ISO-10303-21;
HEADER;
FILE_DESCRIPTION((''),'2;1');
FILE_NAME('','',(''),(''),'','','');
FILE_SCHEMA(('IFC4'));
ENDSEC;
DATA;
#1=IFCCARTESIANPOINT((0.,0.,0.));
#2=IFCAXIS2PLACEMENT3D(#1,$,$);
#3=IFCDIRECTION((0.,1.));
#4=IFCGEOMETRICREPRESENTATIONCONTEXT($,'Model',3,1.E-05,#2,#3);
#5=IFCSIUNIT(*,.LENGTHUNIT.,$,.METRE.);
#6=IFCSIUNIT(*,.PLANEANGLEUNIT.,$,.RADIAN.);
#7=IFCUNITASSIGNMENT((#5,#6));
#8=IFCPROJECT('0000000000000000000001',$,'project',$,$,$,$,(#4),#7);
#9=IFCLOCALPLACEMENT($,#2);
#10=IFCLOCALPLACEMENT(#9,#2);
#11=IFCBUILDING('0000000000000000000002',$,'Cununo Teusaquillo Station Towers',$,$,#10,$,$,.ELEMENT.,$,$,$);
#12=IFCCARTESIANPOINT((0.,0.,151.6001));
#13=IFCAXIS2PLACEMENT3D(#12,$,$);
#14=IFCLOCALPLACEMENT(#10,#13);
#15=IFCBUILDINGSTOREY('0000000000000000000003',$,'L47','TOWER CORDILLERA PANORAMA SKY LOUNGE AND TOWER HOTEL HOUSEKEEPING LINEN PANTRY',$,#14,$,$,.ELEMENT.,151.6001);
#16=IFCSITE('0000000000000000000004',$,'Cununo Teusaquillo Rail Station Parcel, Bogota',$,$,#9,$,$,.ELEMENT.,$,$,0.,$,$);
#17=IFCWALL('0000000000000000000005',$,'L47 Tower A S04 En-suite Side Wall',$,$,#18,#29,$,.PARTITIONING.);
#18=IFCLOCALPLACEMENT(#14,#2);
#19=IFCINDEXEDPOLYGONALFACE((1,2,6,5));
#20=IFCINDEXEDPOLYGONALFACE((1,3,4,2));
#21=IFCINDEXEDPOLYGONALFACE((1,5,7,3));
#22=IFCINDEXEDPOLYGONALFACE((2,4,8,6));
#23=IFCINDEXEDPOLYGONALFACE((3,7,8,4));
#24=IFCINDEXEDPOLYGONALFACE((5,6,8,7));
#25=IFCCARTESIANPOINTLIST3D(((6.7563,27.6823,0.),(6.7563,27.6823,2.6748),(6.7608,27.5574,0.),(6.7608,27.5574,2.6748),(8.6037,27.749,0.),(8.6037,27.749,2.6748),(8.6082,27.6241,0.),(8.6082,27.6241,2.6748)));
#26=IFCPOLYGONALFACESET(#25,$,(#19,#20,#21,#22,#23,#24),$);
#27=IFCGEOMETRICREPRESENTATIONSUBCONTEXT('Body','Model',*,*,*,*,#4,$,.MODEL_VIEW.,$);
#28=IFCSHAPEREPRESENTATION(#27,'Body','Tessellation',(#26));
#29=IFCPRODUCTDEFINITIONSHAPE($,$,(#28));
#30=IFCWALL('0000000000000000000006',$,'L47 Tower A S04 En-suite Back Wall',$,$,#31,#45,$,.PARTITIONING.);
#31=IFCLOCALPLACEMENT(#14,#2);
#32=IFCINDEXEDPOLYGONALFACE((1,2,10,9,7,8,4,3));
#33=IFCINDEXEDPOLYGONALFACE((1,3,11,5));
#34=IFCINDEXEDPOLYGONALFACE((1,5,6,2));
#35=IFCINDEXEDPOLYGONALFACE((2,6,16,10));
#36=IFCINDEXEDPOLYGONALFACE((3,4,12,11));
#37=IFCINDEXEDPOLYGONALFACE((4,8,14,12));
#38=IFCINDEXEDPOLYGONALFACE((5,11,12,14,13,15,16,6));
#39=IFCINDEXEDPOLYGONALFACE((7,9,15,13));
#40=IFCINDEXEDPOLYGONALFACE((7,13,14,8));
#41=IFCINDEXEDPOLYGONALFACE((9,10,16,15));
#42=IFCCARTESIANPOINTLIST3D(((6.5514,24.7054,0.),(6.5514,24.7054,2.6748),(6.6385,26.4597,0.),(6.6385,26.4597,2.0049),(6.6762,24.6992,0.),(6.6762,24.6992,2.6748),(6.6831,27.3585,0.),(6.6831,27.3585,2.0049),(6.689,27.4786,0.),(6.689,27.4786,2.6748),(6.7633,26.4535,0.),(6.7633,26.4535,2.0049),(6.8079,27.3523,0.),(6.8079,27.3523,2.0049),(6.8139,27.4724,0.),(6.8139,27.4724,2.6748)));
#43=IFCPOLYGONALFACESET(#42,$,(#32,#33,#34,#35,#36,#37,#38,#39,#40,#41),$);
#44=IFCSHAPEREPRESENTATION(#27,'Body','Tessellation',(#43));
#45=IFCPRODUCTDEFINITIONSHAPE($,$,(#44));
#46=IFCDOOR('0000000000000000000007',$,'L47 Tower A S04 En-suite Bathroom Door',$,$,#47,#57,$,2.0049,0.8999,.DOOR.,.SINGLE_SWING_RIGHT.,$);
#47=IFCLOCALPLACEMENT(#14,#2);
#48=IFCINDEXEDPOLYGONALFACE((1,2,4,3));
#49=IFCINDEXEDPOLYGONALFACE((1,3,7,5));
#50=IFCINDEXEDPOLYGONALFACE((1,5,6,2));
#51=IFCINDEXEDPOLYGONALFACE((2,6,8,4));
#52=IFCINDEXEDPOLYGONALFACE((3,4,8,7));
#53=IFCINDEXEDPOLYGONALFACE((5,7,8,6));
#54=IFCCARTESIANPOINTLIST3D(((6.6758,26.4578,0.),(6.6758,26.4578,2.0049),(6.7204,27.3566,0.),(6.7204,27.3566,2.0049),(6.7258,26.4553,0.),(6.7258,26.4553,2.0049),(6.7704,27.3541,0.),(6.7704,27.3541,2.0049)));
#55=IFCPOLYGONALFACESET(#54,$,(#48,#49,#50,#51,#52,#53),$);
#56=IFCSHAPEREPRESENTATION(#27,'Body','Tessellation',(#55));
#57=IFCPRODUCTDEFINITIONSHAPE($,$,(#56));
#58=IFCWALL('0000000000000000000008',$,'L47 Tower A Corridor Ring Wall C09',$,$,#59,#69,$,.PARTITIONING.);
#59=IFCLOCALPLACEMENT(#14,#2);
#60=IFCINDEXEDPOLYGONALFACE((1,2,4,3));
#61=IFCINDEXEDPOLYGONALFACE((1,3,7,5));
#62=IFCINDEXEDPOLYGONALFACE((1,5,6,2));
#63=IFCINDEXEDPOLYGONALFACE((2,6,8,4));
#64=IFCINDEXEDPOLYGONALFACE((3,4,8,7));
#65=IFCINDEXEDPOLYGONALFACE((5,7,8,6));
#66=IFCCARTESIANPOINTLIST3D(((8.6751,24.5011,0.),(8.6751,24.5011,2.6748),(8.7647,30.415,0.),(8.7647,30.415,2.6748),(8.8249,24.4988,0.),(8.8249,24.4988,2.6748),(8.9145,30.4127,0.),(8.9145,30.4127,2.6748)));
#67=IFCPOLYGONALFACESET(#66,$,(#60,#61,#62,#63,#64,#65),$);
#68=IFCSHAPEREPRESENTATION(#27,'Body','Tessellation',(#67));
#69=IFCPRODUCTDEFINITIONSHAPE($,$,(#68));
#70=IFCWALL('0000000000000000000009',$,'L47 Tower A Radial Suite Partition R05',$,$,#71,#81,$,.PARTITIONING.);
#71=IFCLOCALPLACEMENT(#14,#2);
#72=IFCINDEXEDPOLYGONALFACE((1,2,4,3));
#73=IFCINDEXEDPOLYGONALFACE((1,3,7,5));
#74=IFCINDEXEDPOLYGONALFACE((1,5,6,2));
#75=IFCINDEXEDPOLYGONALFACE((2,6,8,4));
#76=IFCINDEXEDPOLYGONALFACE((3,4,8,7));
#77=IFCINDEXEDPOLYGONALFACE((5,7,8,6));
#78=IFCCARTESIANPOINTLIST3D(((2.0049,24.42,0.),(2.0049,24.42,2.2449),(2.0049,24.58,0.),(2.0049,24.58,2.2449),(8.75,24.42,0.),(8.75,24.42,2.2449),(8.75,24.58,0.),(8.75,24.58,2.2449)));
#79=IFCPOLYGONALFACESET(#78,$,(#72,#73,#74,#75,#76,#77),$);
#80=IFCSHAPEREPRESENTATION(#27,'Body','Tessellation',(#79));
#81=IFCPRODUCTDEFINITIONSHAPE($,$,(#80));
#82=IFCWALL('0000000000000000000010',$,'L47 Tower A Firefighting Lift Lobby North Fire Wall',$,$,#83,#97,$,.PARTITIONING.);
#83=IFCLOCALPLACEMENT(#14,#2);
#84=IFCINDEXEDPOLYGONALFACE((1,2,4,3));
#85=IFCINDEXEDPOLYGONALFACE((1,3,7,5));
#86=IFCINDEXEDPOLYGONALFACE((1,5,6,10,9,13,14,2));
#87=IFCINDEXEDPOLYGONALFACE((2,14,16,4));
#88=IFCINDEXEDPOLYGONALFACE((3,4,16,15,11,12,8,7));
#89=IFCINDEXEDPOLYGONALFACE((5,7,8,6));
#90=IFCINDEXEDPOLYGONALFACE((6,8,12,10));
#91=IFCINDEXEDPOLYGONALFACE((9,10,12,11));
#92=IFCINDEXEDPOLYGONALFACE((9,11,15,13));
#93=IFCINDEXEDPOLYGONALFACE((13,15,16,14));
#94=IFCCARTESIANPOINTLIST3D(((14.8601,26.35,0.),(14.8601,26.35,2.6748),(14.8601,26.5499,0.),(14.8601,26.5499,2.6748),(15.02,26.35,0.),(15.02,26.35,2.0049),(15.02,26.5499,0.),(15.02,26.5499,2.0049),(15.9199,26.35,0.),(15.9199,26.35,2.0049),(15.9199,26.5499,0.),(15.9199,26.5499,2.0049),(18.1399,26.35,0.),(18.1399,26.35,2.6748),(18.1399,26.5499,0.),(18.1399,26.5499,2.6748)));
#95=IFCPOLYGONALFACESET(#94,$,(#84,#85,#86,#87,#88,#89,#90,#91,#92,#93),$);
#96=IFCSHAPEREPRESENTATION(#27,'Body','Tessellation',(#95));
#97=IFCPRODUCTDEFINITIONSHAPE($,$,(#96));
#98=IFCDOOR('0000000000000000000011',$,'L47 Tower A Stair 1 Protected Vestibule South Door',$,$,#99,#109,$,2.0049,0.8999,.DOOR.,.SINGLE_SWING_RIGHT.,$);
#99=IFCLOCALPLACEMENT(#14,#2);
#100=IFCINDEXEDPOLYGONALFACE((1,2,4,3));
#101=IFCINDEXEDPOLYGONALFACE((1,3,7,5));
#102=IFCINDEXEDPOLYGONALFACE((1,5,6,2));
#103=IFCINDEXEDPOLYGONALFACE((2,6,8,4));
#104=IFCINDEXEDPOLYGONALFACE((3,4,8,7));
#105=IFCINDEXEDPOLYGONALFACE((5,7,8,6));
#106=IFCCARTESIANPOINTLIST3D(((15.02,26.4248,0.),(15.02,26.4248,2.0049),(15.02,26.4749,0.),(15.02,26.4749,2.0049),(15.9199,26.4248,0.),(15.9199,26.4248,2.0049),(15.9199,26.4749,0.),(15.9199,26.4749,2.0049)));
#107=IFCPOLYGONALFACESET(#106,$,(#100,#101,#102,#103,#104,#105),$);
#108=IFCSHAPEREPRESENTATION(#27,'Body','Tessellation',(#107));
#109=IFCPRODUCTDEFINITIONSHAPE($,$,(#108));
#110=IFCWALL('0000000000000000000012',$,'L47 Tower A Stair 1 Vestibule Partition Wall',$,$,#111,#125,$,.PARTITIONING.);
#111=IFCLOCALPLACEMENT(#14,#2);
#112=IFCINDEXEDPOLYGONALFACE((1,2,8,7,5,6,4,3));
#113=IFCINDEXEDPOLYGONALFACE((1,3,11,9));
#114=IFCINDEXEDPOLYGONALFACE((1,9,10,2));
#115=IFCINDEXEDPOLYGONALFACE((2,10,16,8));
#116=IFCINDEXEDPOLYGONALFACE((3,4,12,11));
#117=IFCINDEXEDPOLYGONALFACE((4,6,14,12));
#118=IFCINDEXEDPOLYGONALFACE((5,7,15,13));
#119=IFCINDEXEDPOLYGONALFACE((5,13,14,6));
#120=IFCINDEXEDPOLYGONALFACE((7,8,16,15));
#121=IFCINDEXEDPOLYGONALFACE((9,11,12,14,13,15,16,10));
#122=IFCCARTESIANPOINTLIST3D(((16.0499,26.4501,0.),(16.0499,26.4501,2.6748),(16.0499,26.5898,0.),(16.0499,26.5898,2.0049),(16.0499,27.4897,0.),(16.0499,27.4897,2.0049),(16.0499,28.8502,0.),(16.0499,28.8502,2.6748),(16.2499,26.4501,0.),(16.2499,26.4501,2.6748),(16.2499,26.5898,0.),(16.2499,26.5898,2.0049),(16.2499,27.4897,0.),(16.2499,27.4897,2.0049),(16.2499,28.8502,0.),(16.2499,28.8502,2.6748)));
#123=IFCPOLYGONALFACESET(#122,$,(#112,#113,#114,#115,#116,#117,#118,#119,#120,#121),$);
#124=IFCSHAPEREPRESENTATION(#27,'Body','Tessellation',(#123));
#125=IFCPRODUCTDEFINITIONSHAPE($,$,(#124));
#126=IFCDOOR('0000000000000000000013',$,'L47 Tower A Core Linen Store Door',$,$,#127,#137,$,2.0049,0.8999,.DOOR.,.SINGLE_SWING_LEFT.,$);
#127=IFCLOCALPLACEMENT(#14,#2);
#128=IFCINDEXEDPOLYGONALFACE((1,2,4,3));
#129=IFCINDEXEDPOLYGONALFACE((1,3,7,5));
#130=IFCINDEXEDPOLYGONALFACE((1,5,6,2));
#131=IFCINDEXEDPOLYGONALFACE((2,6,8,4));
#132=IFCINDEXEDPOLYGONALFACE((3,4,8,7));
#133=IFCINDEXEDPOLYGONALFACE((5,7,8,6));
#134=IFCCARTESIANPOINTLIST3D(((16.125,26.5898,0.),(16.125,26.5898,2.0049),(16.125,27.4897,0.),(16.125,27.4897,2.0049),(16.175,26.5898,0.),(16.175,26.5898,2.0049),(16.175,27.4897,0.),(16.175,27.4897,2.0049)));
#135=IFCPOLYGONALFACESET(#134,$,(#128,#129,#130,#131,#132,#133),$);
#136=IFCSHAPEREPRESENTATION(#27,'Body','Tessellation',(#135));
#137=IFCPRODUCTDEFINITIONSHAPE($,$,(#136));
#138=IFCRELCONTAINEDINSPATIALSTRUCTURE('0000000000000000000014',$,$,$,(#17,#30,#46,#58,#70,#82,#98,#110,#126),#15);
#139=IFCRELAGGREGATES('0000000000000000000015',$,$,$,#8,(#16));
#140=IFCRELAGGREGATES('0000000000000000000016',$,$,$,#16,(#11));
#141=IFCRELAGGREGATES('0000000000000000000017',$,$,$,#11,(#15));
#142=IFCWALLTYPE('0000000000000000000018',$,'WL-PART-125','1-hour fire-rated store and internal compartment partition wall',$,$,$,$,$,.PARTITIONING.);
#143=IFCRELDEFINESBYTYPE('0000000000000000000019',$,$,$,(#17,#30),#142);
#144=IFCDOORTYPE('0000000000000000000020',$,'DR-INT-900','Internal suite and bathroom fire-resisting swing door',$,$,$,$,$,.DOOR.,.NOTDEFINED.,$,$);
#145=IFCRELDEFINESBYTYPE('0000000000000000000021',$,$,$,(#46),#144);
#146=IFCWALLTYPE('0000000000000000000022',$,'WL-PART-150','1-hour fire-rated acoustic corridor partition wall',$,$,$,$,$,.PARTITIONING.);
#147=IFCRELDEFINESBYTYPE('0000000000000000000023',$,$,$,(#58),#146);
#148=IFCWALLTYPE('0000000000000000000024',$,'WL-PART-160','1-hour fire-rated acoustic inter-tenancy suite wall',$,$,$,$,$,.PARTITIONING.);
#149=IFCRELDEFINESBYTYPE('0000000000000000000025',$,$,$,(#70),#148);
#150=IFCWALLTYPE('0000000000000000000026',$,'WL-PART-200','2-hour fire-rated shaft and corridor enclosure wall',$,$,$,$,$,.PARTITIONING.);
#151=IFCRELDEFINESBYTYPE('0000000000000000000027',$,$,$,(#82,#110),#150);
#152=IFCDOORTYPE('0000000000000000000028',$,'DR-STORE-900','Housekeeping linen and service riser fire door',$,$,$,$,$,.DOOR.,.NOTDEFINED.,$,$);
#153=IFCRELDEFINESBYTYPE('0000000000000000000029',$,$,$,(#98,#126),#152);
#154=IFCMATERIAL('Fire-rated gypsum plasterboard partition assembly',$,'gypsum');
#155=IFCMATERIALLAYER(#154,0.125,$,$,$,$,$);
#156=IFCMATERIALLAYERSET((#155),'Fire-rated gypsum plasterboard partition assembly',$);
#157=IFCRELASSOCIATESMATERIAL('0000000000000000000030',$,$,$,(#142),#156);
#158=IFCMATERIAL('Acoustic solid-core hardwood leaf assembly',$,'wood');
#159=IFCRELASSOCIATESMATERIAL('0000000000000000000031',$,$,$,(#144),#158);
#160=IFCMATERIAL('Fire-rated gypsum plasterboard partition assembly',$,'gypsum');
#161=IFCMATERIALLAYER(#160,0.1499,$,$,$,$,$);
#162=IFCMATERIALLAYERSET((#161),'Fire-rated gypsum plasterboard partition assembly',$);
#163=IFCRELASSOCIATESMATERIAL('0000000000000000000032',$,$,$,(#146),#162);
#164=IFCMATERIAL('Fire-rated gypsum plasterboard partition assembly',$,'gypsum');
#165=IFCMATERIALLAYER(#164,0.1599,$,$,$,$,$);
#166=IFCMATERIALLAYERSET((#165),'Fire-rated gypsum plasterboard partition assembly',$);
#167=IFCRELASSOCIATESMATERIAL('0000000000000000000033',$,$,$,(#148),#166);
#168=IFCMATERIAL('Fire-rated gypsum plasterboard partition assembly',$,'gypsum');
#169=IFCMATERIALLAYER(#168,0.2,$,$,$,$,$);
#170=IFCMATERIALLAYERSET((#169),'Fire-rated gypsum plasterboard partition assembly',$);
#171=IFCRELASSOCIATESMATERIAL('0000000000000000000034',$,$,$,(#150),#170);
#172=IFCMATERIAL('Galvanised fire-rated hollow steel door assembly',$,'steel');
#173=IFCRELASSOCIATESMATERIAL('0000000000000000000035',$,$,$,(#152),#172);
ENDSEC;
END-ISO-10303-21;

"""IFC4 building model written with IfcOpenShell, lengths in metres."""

from ifc_helpers import new_model, si_unit, direction, frame, frame_2d, origin, place, context, subcontext, project, spatial, rectangle, extrude, source, transform, mapped, material, layer, layer_set, type_object, element, fill, save


model = new_model("IFC4")

# Units and contexts
model_context = context("Model", 3, precision=1e-05, world=origin(), true_north=direction((0.0, 1.0)))
body_context = subcontext(model_context, "Body", "Model", "MODEL_VIEW")
ifc_project = project(units=[si_unit("LENGTHUNIT", "METRE"), si_unit("PLANEANGLEUNIT", "RADIAN")], contexts=[model_context])

# Site, building, storey
site_placement = place(None, origin())
site = spatial("IfcSite", under=ifc_project, at=site_placement, Name="Cununo Teusaquillo Rail Station Parcel, Bogota", CompositionType="ELEMENT", RefElevation=0.0)
building_placement = place(site_placement, origin())
building = spatial("IfcBuilding", under=site, at=building_placement, Name="Cununo Teusaquillo Station Towers", CompositionType="ELEMENT")
storey_placement = place(building_placement, frame((0.0, 0.0, 151.6001)))
storey = spatial("IfcBuildingStorey", under=building, at=storey_placement, Name="L47", Description="TOWER CORDILLERA PANORAMA SKY LOUNGE AND TOWER HOTEL HOUSEKEEPING LINEN PANTRY", CompositionType="ELEMENT", Elevation=151.6001)

# Wall
ifc_material_1 = material(Name="Fire-rated gypsum plasterboard partition assembly", Category="gypsum")
ifc_layer_1 = layer(ifc_material_1, 0.125)
ifc_layer_set_1 = layer_set([ifc_layer_1], Name="Fire-rated gypsum plasterboard partition assembly")
wall_type_1 = type_object("IfcWallType", Name="WL-PART-125", Description="1-hour fire-rated store and internal compartment partition wall", PredefinedType="PARTITIONING", material=ifc_layer_set_1)
wall_1_placement = place(storey_placement, frame((8.606, 27.6865, 0.0), z_axis=(0.0, 0.0, 1.0), x_axis=(-0.99935, -0.036054, 0.0)))
element("IfcWall", 1, at=wall_1_placement, inside=storey, type_object=wall_type_1, Name="L47 Tower A S04 En-suite Side Wall", PredefinedType="PARTITIONING", context=body_context, shape_type="SweptSolid", body=[
    extrude(rectangle(XDim=1.8486, YDim=0.125, at=frame_2d((0.9243, 0.0))), origin(), (0.0, 0.0, 1.0), 2.6748),
])

# Wall, opening, door
wall_2_placement = place(storey_placement, frame((6.7515, 27.4753, 0.0), z_axis=(0.0, 0.0, 1.0), x_axis=(-0.049591, -0.99877, 0.0)))
wall_2 = element("IfcWall", 2, at=wall_2_placement, inside=storey, type_object=wall_type_1, Name="L47 Tower A S04 En-suite Back Wall", PredefinedType="PARTITIONING", context=body_context, shape_type="SweptSolid", body=[
    extrude(rectangle(XDim=2.7766, YDim=0.125, at=frame_2d((1.3882, 0.0))), origin(), (0.0, 0.0, 1.0), 2.6748),
])
shared_shape_1 = source(origin(), body_context, "Body", "SweptSolid", [
    extrude(rectangle(XDim=0.8999, YDim=2.0049, at=frame_2d((0.45, 1.0024))), frame((0.0, 0.0725, 0.0), z_axis=(0.0, -1.0, 0.0), x_axis=(1.0, 0.0, 0.0)), (0.0, 0.0, 1.0), 0.145),
])
opening_1_placement = place(wall_2_placement, frame((0.1201, 0.0, 0.0)))
opening_1 = element("IfcOpeningElement", 3, at=opening_1_placement, cuts=wall_2, PredefinedType="OPENING", context=body_context, shape_type="MappedRepresentation", body=[
    mapped(shared_shape_1, transform((0.0, 0.0, 0.0), x_axis=(1.0, 0.0, 0.0), y_axis=(0.0, 1.0, 0.0), z_axis=(0.0, 0.0, 1.0), scale=1.0)),
])
ifc_material_2 = material(Name="Acoustic solid-core hardwood leaf assembly", Category="wood")
door_type_1 = type_object("IfcDoorType", Name="DR-INT-900", Description="Internal suite and bathroom fire-resisting swing door", OperationType="NOTDEFINED", PredefinedType="DOOR", material=ifc_material_2)
shared_shape_2 = source(origin(), body_context, "Body", "SweptSolid", [
    extrude(rectangle(XDim=0.8999, YDim=2.0049, at=frame_2d((0.45, 1.0024))), frame((0.0, 0.0249, 0.0), z_axis=(0.0, -1.0, 0.0), x_axis=(1.0, 0.0, 0.0)), (0.0, 0.0, 1.0), 0.05),
])
door_1_placement = place(opening_1_placement, origin())
door_1 = element("IfcDoor", 4, at=door_1_placement, inside=storey, type_object=door_type_1, Name="L47 Tower A S04 En-suite Bathroom Door", OperationType="SINGLE_SWING_RIGHT", OverallHeight=2.0049, OverallWidth=0.8999, PredefinedType="DOOR", context=body_context, shape_type="MappedRepresentation", body=[
    mapped(shared_shape_2, transform((0.0, 0.0, 0.0), x_axis=(1.0, 0.0, 0.0), y_axis=(0.0, 1.0, 0.0), z_axis=(0.0, 0.0, 1.0), scale=1.0)),
])
fill(opening_1, door_1)

# Walls
ifc_material_3 = material(Name="Fire-rated gypsum plasterboard partition assembly", Category="gypsum")
ifc_layer_2 = layer(ifc_material_3, 0.1499)
ifc_layer_set_2 = layer_set([ifc_layer_2], Name="Fire-rated gypsum plasterboard partition assembly")
wall_type_2 = type_object("IfcWallType", Name="WL-PART-150", Description="1-hour fire-rated acoustic corridor partition wall", PredefinedType="PARTITIONING", material=ifc_layer_set_2)
wall_3_placement = place(storey_placement, frame((8.8396, 30.4138, 0.0), z_axis=(0.0, 0.0, 1.0), x_axis=(-0.015149, -0.999885, 0.0)))
element("IfcWall", 5, at=wall_3_placement, inside=storey, type_object=wall_type_2, Name="L47 Tower A Corridor Ring Wall C09", PredefinedType="PARTITIONING", context=body_context, shape_type="SweptSolid", body=[
    extrude(rectangle(XDim=5.9146, YDim=0.1499, at=frame_2d((2.9573, 0.0))), origin(), (0.0, 0.0, 1.0), 2.6748),
])
ifc_material_4 = material(Name="Fire-rated gypsum plasterboard partition assembly", Category="gypsum")
ifc_layer_3 = layer(ifc_material_4, 0.1599)
ifc_layer_set_3 = layer_set([ifc_layer_3], Name="Fire-rated gypsum plasterboard partition assembly")
wall_type_3 = type_object("IfcWallType", Name="WL-PART-160", Description="1-hour fire-rated acoustic inter-tenancy suite wall", PredefinedType="PARTITIONING", material=ifc_layer_set_3)
wall_4_placement = place(storey_placement, frame((8.75, 24.5, 0.0), z_axis=(0.0, 0.0, 1.0), x_axis=(-1.0, 0.0, 0.0)))
element("IfcWall", 6, at=wall_4_placement, inside=storey, type_object=wall_type_3, Name="L47 Tower A Radial Suite Partition R05", PredefinedType="PARTITIONING", context=body_context, shape_type="SweptSolid", body=[
    extrude(rectangle(XDim=6.7451, YDim=0.1599, at=frame_2d((3.3726, 0.0))), origin(), (0.0, 0.0, 1.0), 2.2449),
])

# Walls, openings, doors
ifc_material_5 = material(Name="Fire-rated gypsum plasterboard partition assembly", Category="gypsum")
ifc_layer_4 = layer(ifc_material_5, 0.2)
ifc_layer_set_4 = layer_set([ifc_layer_4], Name="Fire-rated gypsum plasterboard partition assembly")
wall_type_4 = type_object("IfcWallType", Name="WL-PART-200", Description="2-hour fire-rated shaft and corridor enclosure wall", PredefinedType="PARTITIONING", material=ifc_layer_set_4)
wall_5_placement = place(storey_placement, frame((14.8601, 26.45, 0.0), z_axis=(0.0, 0.0, 1.0), x_axis=(1.0, 0.0, 0.0)))
wall_5 = element("IfcWall", 7, at=wall_5_placement, inside=storey, type_object=wall_type_4, Name="L47 Tower A Firefighting Lift Lobby North Fire Wall", PredefinedType="PARTITIONING", context=body_context, shape_type="SweptSolid", body=[
    extrude(rectangle(XDim=3.2798, YDim=0.2, at=frame_2d((1.6399, 0.0))), origin(), (0.0, 0.0, 1.0), 2.6748),
])
shared_shape_3 = source(origin(), body_context, "Body", "SweptSolid", [
    extrude(rectangle(XDim=0.8999, YDim=2.0049, at=frame_2d((0.45, 1.0024))), frame((0.0, 0.1099, 0.0), z_axis=(0.0, -1.0, 0.0), x_axis=(1.0, 0.0, 0.0)), (0.0, 0.0, 1.0), 0.22),
])
opening_2_placement = place(wall_5_placement, frame((0.1599, 0.0, 0.0)))
opening_2 = element("IfcOpeningElement", 8, at=opening_2_placement, cuts=wall_5, PredefinedType="OPENING", context=body_context, shape_type="MappedRepresentation", body=[
    mapped(shared_shape_3, transform((0.0, 0.0, 0.0), x_axis=(1.0, 0.0, 0.0), y_axis=(0.0, 1.0, 0.0), z_axis=(0.0, 0.0, 1.0), scale=1.0)),
])
ifc_material_6 = material(Name="Galvanised fire-rated hollow steel door assembly", Category="steel")
door_type_2 = type_object("IfcDoorType", Name="DR-STORE-900", Description="Housekeeping linen and service riser fire door", OperationType="NOTDEFINED", PredefinedType="DOOR", material=ifc_material_6)
door_2_placement = place(opening_2_placement, origin())
door_2 = element("IfcDoor", 9, at=door_2_placement, inside=storey, type_object=door_type_2, Name="L47 Tower A Stair 1 Protected Vestibule South Door", OperationType="SINGLE_SWING_RIGHT", OverallHeight=2.0049, OverallWidth=0.8999, PredefinedType="DOOR", context=body_context, shape_type="MappedRepresentation", body=[
    mapped(shared_shape_2, transform((0.0, 0.0, 0.0), x_axis=(1.0, 0.0, 0.0), y_axis=(0.0, 1.0, 0.0), z_axis=(0.0, 0.0, 1.0), scale=1.0)),
])
fill(opening_2, door_2)
wall_6_placement = place(storey_placement, frame((16.1499, 26.45, 0.0), z_axis=(0.0, 0.0, 1.0), x_axis=(0.0, 1.0, 0.0)))
wall_6 = element("IfcWall", 10, at=wall_6_placement, inside=storey, type_object=wall_type_4, Name="L47 Tower A Stair 1 Vestibule Partition Wall", PredefinedType="PARTITIONING", context=body_context, shape_type="SweptSolid", body=[
    extrude(rectangle(XDim=2.4001, YDim=0.2, at=frame_2d((1.2002, 0.0))), origin(), (0.0, 0.0, 1.0), 2.6748),
])
opening_3_placement = place(wall_6_placement, frame((0.1399, 0.0, 0.0)))
opening_3 = element("IfcOpeningElement", 11, at=opening_3_placement, cuts=wall_6, PredefinedType="OPENING", context=body_context, shape_type="MappedRepresentation", body=[
    mapped(shared_shape_3, transform((0.0, 0.0, 0.0), x_axis=(1.0, 0.0, 0.0), y_axis=(0.0, 1.0, 0.0), z_axis=(0.0, 0.0, 1.0), scale=1.0)),
])
door_3_placement = place(opening_3_placement, origin())
door_3 = element("IfcDoor", 12, at=door_3_placement, inside=storey, type_object=door_type_2, Name="L47 Tower A Core Linen Store Door", OperationType="SINGLE_SWING_LEFT", OverallHeight=2.0049, OverallWidth=0.8999, PredefinedType="DOOR", context=body_context, shape_type="MappedRepresentation", body=[
    mapped(shared_shape_2, transform((0.0, 0.0, 0.0), x_axis=(1.0, 0.0, 0.0), y_axis=(0.0, 1.0, 0.0), z_axis=(0.0, 0.0, 1.0), scale=1.0)),
])
fill(opening_3, door_3)

save(model, "model.ifc")
